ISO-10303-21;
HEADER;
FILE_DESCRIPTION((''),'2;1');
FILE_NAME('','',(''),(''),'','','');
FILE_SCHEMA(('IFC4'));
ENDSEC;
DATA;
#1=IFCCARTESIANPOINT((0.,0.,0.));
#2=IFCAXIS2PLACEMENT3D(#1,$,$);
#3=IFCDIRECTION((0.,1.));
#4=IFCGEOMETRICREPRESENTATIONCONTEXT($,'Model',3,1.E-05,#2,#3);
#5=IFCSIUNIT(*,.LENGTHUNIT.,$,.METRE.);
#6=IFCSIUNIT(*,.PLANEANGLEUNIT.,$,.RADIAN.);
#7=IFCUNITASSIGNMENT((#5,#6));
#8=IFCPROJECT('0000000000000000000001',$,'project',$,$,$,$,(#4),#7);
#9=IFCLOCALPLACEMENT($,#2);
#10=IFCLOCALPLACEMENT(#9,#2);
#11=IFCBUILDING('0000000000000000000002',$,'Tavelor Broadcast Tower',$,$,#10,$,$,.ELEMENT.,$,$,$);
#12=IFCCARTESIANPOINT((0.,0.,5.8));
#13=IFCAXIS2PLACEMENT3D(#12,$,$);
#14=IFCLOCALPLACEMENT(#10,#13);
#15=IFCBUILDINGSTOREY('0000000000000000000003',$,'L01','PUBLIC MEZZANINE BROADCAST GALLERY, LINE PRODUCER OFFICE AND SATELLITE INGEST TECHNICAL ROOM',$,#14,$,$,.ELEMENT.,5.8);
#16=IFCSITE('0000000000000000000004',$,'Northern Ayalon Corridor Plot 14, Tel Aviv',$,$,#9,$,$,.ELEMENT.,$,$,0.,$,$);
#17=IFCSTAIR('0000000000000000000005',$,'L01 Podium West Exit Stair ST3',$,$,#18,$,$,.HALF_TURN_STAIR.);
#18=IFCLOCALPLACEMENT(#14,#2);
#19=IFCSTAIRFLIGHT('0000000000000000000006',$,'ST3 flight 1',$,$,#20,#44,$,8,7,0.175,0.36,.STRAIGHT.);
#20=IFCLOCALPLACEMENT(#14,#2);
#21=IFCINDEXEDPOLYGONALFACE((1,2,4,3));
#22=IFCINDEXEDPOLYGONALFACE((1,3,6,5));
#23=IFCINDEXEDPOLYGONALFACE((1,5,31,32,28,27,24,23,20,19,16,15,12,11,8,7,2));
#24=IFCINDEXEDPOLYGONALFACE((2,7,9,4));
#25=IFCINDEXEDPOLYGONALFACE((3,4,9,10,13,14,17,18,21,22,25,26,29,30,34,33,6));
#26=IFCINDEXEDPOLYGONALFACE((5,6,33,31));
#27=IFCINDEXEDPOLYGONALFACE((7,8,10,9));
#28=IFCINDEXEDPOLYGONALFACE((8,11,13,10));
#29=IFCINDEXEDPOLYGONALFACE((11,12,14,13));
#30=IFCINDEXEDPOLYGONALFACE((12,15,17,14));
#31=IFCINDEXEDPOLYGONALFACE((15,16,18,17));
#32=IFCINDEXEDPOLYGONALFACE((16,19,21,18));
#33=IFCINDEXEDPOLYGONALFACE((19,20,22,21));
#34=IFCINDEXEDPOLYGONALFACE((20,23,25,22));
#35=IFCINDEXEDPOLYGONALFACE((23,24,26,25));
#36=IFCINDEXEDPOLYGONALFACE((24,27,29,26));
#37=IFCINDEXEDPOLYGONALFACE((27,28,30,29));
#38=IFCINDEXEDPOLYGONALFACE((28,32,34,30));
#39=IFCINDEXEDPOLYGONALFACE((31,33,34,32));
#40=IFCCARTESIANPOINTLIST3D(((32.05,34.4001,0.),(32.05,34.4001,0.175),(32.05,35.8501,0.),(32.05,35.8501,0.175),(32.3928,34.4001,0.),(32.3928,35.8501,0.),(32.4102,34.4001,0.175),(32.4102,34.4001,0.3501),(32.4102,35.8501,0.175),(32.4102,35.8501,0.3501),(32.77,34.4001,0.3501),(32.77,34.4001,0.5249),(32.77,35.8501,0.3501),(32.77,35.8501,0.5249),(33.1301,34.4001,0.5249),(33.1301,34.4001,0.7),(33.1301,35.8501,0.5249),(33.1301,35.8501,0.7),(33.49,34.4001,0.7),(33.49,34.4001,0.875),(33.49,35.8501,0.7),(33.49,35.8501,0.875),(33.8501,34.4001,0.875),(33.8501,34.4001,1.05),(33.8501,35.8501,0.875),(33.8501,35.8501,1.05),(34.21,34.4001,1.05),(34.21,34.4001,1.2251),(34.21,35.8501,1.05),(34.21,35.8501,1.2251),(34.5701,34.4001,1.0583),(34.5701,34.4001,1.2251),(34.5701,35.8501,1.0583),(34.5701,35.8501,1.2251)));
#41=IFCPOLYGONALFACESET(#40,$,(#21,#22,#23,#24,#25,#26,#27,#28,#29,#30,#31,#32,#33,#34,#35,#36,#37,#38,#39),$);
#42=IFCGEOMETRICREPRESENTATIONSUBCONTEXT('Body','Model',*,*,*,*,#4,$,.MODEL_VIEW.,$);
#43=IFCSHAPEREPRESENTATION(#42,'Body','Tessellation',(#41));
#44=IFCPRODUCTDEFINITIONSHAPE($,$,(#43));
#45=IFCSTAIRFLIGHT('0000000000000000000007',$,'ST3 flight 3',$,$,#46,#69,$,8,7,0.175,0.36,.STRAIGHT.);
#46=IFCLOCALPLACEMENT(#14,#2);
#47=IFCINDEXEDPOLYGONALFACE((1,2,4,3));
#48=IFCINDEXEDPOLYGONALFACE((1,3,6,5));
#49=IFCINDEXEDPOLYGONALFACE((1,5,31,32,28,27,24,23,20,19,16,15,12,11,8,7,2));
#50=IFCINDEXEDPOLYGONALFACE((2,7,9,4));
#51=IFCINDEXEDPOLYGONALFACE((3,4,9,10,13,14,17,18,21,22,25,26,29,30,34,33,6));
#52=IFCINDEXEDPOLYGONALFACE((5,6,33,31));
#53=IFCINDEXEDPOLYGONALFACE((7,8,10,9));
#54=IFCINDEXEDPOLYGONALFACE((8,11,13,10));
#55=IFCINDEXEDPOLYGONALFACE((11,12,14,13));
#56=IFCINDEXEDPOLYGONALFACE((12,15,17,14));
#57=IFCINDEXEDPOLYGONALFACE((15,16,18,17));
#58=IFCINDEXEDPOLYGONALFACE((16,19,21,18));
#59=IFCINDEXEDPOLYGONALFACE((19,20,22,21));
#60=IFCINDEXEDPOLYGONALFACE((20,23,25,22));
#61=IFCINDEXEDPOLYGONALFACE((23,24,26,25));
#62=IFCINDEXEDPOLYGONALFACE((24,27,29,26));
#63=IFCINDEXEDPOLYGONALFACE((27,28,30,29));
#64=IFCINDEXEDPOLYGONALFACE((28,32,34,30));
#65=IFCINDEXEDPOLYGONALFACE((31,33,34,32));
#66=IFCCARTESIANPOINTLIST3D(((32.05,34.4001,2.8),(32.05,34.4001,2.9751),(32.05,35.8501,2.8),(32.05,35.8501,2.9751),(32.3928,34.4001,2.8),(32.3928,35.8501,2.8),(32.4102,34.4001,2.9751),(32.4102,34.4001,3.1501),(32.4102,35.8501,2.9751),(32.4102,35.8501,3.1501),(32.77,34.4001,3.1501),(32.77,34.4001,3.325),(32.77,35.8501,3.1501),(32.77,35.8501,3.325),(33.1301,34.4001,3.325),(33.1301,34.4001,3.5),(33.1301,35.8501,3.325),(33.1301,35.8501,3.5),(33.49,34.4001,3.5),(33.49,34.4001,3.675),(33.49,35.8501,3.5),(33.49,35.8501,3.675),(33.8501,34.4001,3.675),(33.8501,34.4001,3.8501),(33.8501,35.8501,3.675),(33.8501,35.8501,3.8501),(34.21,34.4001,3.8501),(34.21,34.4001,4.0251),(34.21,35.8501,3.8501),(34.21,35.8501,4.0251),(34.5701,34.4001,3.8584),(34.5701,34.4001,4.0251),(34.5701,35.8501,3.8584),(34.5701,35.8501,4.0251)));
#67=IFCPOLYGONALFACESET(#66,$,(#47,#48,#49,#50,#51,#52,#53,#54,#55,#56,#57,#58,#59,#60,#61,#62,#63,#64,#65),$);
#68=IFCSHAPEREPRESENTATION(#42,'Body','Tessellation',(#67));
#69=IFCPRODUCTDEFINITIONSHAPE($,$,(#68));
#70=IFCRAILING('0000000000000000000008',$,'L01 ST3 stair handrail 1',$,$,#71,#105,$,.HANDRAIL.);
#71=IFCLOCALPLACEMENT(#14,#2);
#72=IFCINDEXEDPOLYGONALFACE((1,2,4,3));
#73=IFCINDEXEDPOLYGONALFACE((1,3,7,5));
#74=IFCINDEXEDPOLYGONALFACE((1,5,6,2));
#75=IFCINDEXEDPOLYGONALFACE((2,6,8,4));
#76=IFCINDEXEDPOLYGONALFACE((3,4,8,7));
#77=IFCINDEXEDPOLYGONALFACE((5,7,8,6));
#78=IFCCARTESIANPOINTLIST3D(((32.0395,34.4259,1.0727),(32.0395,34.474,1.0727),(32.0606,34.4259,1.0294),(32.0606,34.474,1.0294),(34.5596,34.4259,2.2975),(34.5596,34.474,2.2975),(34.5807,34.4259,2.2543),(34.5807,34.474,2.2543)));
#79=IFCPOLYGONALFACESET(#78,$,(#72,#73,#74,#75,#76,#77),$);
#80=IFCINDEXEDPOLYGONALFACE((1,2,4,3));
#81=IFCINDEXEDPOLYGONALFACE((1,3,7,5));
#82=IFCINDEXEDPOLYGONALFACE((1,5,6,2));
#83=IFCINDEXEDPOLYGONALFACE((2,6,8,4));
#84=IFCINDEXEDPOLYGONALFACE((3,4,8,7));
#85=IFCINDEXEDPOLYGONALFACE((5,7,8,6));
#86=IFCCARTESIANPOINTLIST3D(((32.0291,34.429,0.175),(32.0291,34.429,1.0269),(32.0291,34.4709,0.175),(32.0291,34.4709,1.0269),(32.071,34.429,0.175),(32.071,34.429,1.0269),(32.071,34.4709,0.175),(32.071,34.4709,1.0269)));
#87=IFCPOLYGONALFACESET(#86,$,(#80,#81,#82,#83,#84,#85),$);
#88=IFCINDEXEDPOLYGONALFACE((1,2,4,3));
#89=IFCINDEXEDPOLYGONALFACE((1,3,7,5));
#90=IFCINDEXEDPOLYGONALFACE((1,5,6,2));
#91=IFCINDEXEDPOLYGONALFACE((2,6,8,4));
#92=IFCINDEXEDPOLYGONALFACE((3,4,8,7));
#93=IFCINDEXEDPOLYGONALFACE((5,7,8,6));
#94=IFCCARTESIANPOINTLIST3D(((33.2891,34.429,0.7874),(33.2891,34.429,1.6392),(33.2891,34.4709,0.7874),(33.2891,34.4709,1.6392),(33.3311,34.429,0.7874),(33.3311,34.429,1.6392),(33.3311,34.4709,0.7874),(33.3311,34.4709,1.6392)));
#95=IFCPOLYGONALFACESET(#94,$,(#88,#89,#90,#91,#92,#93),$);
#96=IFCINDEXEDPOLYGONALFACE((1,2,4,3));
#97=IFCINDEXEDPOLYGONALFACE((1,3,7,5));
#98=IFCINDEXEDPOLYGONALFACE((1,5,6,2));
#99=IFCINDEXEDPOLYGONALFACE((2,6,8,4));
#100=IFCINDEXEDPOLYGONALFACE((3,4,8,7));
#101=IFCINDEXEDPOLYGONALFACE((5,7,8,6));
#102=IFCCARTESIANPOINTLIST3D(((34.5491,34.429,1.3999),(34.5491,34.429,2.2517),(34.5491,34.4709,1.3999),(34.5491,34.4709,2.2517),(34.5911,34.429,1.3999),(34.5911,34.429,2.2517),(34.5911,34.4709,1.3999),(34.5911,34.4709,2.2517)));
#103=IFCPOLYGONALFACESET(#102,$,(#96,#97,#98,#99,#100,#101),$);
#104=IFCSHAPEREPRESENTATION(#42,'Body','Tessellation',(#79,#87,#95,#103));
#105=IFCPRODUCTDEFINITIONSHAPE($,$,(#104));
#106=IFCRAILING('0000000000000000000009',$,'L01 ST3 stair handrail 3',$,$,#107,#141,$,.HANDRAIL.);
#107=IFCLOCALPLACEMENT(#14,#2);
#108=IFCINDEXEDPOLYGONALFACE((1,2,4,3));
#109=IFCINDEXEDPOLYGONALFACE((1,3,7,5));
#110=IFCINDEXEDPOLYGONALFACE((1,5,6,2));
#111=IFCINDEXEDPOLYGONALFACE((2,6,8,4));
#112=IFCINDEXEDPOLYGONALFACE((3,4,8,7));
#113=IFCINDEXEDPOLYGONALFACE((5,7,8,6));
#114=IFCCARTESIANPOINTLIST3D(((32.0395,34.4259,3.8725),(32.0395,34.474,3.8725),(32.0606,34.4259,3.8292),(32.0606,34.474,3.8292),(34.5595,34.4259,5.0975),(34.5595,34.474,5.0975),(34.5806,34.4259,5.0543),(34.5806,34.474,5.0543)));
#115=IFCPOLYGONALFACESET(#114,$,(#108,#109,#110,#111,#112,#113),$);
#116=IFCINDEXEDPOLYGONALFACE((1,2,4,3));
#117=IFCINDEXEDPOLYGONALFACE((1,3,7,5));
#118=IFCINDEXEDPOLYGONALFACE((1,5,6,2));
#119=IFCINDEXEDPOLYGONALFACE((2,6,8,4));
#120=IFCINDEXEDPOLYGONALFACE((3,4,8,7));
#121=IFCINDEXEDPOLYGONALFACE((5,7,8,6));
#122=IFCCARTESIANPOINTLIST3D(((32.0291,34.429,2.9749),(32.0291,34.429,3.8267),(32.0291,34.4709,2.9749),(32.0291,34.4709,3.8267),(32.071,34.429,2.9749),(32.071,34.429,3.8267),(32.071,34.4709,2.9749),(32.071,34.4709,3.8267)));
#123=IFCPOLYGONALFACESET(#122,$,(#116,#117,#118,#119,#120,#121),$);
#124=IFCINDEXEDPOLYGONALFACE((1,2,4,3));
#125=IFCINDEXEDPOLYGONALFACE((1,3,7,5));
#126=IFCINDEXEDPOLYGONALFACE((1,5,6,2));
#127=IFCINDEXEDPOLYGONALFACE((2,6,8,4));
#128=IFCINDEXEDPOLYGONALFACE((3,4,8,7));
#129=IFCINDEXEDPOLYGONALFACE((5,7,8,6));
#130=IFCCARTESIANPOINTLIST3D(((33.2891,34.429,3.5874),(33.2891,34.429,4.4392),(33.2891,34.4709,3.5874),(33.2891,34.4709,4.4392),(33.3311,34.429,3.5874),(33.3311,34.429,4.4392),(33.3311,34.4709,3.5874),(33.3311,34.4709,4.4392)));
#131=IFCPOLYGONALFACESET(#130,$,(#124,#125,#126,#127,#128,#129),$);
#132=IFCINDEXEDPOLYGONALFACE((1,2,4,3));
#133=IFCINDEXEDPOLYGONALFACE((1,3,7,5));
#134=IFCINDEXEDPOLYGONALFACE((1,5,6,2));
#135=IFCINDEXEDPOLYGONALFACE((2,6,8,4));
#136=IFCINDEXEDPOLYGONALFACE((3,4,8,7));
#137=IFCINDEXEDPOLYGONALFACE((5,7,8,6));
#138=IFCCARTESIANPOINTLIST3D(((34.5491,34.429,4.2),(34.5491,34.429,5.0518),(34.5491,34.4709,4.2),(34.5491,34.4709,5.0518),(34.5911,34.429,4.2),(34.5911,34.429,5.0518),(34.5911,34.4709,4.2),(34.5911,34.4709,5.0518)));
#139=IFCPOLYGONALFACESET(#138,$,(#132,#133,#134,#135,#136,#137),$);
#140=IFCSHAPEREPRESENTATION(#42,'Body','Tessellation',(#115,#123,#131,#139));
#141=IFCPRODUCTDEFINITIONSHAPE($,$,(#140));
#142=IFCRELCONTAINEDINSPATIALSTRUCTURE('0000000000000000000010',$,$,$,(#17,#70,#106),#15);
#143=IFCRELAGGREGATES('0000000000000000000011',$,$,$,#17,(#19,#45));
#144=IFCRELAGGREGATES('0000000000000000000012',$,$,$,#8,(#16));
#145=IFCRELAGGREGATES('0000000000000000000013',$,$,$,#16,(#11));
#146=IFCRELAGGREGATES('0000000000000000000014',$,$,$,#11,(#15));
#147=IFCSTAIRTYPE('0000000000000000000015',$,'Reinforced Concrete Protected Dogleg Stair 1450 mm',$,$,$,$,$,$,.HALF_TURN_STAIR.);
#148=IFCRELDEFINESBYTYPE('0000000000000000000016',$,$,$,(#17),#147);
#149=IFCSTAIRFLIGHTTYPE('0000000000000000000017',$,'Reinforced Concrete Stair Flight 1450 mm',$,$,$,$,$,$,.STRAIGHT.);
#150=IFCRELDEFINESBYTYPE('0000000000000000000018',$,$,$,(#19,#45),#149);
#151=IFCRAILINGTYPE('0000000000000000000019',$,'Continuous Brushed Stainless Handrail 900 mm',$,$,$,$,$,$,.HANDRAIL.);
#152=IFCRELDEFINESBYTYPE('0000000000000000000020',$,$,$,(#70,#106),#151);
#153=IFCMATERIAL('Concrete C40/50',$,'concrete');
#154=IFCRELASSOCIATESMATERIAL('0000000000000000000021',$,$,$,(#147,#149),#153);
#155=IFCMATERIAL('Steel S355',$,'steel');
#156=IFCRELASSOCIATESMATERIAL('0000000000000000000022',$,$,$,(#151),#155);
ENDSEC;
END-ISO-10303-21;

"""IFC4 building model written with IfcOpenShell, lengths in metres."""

from ifc_helpers import new_model, si_unit, direction, frame, origin, origin_2d, place, context, subcontext, project, spatial, polyline, rectangle, outline, extrude, material, type_object, element, aggregate, save


model = new_model("IFC4")

# Units and contexts
model_context = context("Model", 3, precision=1e-05, world=origin(), true_north=direction((0.0, 1.0)))
body_context = subcontext(model_context, "Body", "Model", "MODEL_VIEW")
ifc_project = project(units=[si_unit("LENGTHUNIT", "METRE"), si_unit("PLANEANGLEUNIT", "RADIAN")], contexts=[model_context])

# Site, building, storey
site_placement = place(None, origin())
site = spatial("IfcSite", under=ifc_project, at=site_placement, Name="Northern Ayalon Corridor Plot 14, Tel Aviv", CompositionType="ELEMENT", RefElevation=0.0)
building_placement = place(site_placement, origin())
building = spatial("IfcBuilding", under=site, at=building_placement, Name="Tavelor Broadcast Tower", CompositionType="ELEMENT")
storey_placement = place(building_placement, frame((0.0, 0.0, 5.8)))
storey = spatial("IfcBuildingStorey", under=building, at=storey_placement, Name="L01", Description="PUBLIC MEZZANINE BROADCAST GALLERY, LINE PRODUCER OFFICE AND SATELLITE INGEST TECHNICAL ROOM", CompositionType="ELEMENT", Elevation=5.8)

# Shared definitions
ifc_material_1 = material(Name="Steel S355", Category="steel")

# Shared definitions
ifc_material_2 = material(Name="Concrete C40/50", Category="concrete")

# Stair, stair flights
stair_type = type_object("IfcStairType", Name="Reinforced Concrete Protected Dogleg Stair 1450 mm", PredefinedType="HALF_TURN_STAIR", material=ifc_material_2)
stair_placement = place(storey_placement, origin())
stair = element("IfcStair", 1, at=stair_placement, inside=storey, type_object=stair_type, Name="L01 Podium West Exit Stair ST3", PredefinedType="HALF_TURN_STAIR")
stair_flight_type = type_object("IfcStairFlightType", Name="Reinforced Concrete Stair Flight 1450 mm", PredefinedType="STRAIGHT", material=ifc_material_2)
stair_flight_1_placement = place(storey_placement, frame((32.05, 35.125, 0.0), z_axis=(0.0, 0.0, 1.0), x_axis=(1.0, 0.0, 0.0)))
stair_flight_1 = element("IfcStairFlight", 2, at=stair_flight_1_placement, type_object=stair_flight_type, Name="ST3 flight 1", NumberOfRisers=8, NumberOfTreads=7, PredefinedType="STRAIGHT", RiserHeight=0.175, TreadLength=0.36, context=body_context, shape_type="SweptSolid", body=[
    extrude(outline(polyline([(0.0, 0.0), (0.0, 0.175), (0.3601, 0.175), (0.3601, 0.3501), (0.72, 0.3501), (0.72, 0.5249), (1.0801, 0.5249), (1.0801, 0.7), (1.4399, 0.7), (1.4399, 0.875), (1.8, 0.875), (1.8, 1.05), (2.1599, 1.05), (2.1599, 1.2251), (2.52, 1.2251), (2.52, 1.3999), (2.52, 1.0583), (0.3428, 0.0), (0.0, 0.0)])), frame((0.0, 0.7251, 0.0), z_axis=(0.0, -1.0, 0.0), x_axis=(1.0, 0.0, 0.0)), (0.0, 0.0, 1.0), 1.45),
])
stair_flight_2_placement = place(storey_placement, frame((32.05, 35.125, 2.8), z_axis=(0.0, 0.0, 1.0), x_axis=(1.0, 0.0, 0.0)))
stair_flight_2 = element("IfcStairFlight", 3, at=stair_flight_2_placement, type_object=stair_flight_type, Name="ST3 flight 3", NumberOfRisers=8, NumberOfTreads=7, PredefinedType="STRAIGHT", RiserHeight=0.175, TreadLength=0.36, context=body_context, shape_type="SweptSolid", body=[
    extrude(outline(polyline([(0.0, 0.0), (0.0, 0.175), (0.3601, 0.175), (0.3601, 0.3501), (0.72, 0.3501), (0.72, 0.5249), (1.0801, 0.5249), (1.0801, 0.7), (1.4399, 0.7), (1.4399, 0.875), (1.8, 0.875), (1.8, 1.05), (2.1599, 1.05), (2.1599, 1.2251), (2.52, 1.2251), (2.52, 1.3999), (2.52, 1.0583), (0.3428, 0.0), (0.0, 0.0)])), frame((0.0, 0.7251, 0.0), z_axis=(0.0, -1.0, 0.0), x_axis=(1.0, 0.0, 0.0)), (0.0, 0.0, 1.0), 1.45),
])
aggregate(stair, [stair_flight_1, stair_flight_2])

# Railings
railing_type_1 = type_object("IfcRailingType", Name="Continuous Brushed Stainless Handrail 900 mm", PredefinedType="HANDRAIL", material=ifc_material_1)
railing_1_placement = place(storey_placement, frame((32.05, 34.45, 0.175)))
element("IfcRailing", 4, at=railing_1_placement, inside=storey, type_object=railing_type_1, Name="L01 ST3 stair handrail 1", PredefinedType="HANDRAIL", context=body_context, shape_type="SweptSolid", body=[
    extrude(rectangle(XDim=0.0481, YDim=0.0481, at=origin_2d()), frame((0.0, 0.0, 0.876), z_axis=(0.89939, 0.0, 0.437148), x_axis=(0.0, 1.0, 0.0)), (0.0, 0.0, 1.0), 2.802),
    extrude(rectangle(XDim=0.042, YDim=0.042, at=origin_2d()), origin(), (0.0, 0.0, 1.0), 0.8518),
    extrude(rectangle(XDim=0.042, YDim=0.042, at=origin_2d()), frame((1.26, 0.0, 0.6123)), (0.0, 0.0, 1.0), 0.8518),
    extrude(rectangle(XDim=0.042, YDim=0.042, at=origin_2d()), frame((2.52, 0.0, 1.2249)), (0.0, 0.0, 1.0), 0.8518),
])
railing_2_placement = place(storey_placement, frame((32.05, 34.45, 2.9749)))
element("IfcRailing", 5, at=railing_2_placement, inside=storey, type_object=railing_type_1, Name="L01 ST3 stair handrail 3", PredefinedType="HANDRAIL", context=body_context, shape_type="SweptSolid", body=[
    extrude(rectangle(XDim=0.0481, YDim=0.0481, at=origin_2d()), frame((0.0, 0.0, 0.876), z_axis=(0.899355, 0.0, 0.437218), x_axis=(0.0, 1.0, 0.0)), (0.0, 0.0, 1.0), 2.802),
    extrude(rectangle(XDim=0.042, YDim=0.042, at=origin_2d()), origin(), (0.0, 0.0, 1.0), 0.8518),
    extrude(rectangle(XDim=0.042, YDim=0.042, at=origin_2d()), frame((1.26, 0.0, 0.6125)), (0.0, 0.0, 1.0), 0.8518),
    extrude(rectangle(XDim=0.042, YDim=0.042, at=origin_2d()), frame((2.52, 0.0, 1.2251)), (0.0, 0.0, 1.0), 0.8518),
])

save(model, "model.ifc")
